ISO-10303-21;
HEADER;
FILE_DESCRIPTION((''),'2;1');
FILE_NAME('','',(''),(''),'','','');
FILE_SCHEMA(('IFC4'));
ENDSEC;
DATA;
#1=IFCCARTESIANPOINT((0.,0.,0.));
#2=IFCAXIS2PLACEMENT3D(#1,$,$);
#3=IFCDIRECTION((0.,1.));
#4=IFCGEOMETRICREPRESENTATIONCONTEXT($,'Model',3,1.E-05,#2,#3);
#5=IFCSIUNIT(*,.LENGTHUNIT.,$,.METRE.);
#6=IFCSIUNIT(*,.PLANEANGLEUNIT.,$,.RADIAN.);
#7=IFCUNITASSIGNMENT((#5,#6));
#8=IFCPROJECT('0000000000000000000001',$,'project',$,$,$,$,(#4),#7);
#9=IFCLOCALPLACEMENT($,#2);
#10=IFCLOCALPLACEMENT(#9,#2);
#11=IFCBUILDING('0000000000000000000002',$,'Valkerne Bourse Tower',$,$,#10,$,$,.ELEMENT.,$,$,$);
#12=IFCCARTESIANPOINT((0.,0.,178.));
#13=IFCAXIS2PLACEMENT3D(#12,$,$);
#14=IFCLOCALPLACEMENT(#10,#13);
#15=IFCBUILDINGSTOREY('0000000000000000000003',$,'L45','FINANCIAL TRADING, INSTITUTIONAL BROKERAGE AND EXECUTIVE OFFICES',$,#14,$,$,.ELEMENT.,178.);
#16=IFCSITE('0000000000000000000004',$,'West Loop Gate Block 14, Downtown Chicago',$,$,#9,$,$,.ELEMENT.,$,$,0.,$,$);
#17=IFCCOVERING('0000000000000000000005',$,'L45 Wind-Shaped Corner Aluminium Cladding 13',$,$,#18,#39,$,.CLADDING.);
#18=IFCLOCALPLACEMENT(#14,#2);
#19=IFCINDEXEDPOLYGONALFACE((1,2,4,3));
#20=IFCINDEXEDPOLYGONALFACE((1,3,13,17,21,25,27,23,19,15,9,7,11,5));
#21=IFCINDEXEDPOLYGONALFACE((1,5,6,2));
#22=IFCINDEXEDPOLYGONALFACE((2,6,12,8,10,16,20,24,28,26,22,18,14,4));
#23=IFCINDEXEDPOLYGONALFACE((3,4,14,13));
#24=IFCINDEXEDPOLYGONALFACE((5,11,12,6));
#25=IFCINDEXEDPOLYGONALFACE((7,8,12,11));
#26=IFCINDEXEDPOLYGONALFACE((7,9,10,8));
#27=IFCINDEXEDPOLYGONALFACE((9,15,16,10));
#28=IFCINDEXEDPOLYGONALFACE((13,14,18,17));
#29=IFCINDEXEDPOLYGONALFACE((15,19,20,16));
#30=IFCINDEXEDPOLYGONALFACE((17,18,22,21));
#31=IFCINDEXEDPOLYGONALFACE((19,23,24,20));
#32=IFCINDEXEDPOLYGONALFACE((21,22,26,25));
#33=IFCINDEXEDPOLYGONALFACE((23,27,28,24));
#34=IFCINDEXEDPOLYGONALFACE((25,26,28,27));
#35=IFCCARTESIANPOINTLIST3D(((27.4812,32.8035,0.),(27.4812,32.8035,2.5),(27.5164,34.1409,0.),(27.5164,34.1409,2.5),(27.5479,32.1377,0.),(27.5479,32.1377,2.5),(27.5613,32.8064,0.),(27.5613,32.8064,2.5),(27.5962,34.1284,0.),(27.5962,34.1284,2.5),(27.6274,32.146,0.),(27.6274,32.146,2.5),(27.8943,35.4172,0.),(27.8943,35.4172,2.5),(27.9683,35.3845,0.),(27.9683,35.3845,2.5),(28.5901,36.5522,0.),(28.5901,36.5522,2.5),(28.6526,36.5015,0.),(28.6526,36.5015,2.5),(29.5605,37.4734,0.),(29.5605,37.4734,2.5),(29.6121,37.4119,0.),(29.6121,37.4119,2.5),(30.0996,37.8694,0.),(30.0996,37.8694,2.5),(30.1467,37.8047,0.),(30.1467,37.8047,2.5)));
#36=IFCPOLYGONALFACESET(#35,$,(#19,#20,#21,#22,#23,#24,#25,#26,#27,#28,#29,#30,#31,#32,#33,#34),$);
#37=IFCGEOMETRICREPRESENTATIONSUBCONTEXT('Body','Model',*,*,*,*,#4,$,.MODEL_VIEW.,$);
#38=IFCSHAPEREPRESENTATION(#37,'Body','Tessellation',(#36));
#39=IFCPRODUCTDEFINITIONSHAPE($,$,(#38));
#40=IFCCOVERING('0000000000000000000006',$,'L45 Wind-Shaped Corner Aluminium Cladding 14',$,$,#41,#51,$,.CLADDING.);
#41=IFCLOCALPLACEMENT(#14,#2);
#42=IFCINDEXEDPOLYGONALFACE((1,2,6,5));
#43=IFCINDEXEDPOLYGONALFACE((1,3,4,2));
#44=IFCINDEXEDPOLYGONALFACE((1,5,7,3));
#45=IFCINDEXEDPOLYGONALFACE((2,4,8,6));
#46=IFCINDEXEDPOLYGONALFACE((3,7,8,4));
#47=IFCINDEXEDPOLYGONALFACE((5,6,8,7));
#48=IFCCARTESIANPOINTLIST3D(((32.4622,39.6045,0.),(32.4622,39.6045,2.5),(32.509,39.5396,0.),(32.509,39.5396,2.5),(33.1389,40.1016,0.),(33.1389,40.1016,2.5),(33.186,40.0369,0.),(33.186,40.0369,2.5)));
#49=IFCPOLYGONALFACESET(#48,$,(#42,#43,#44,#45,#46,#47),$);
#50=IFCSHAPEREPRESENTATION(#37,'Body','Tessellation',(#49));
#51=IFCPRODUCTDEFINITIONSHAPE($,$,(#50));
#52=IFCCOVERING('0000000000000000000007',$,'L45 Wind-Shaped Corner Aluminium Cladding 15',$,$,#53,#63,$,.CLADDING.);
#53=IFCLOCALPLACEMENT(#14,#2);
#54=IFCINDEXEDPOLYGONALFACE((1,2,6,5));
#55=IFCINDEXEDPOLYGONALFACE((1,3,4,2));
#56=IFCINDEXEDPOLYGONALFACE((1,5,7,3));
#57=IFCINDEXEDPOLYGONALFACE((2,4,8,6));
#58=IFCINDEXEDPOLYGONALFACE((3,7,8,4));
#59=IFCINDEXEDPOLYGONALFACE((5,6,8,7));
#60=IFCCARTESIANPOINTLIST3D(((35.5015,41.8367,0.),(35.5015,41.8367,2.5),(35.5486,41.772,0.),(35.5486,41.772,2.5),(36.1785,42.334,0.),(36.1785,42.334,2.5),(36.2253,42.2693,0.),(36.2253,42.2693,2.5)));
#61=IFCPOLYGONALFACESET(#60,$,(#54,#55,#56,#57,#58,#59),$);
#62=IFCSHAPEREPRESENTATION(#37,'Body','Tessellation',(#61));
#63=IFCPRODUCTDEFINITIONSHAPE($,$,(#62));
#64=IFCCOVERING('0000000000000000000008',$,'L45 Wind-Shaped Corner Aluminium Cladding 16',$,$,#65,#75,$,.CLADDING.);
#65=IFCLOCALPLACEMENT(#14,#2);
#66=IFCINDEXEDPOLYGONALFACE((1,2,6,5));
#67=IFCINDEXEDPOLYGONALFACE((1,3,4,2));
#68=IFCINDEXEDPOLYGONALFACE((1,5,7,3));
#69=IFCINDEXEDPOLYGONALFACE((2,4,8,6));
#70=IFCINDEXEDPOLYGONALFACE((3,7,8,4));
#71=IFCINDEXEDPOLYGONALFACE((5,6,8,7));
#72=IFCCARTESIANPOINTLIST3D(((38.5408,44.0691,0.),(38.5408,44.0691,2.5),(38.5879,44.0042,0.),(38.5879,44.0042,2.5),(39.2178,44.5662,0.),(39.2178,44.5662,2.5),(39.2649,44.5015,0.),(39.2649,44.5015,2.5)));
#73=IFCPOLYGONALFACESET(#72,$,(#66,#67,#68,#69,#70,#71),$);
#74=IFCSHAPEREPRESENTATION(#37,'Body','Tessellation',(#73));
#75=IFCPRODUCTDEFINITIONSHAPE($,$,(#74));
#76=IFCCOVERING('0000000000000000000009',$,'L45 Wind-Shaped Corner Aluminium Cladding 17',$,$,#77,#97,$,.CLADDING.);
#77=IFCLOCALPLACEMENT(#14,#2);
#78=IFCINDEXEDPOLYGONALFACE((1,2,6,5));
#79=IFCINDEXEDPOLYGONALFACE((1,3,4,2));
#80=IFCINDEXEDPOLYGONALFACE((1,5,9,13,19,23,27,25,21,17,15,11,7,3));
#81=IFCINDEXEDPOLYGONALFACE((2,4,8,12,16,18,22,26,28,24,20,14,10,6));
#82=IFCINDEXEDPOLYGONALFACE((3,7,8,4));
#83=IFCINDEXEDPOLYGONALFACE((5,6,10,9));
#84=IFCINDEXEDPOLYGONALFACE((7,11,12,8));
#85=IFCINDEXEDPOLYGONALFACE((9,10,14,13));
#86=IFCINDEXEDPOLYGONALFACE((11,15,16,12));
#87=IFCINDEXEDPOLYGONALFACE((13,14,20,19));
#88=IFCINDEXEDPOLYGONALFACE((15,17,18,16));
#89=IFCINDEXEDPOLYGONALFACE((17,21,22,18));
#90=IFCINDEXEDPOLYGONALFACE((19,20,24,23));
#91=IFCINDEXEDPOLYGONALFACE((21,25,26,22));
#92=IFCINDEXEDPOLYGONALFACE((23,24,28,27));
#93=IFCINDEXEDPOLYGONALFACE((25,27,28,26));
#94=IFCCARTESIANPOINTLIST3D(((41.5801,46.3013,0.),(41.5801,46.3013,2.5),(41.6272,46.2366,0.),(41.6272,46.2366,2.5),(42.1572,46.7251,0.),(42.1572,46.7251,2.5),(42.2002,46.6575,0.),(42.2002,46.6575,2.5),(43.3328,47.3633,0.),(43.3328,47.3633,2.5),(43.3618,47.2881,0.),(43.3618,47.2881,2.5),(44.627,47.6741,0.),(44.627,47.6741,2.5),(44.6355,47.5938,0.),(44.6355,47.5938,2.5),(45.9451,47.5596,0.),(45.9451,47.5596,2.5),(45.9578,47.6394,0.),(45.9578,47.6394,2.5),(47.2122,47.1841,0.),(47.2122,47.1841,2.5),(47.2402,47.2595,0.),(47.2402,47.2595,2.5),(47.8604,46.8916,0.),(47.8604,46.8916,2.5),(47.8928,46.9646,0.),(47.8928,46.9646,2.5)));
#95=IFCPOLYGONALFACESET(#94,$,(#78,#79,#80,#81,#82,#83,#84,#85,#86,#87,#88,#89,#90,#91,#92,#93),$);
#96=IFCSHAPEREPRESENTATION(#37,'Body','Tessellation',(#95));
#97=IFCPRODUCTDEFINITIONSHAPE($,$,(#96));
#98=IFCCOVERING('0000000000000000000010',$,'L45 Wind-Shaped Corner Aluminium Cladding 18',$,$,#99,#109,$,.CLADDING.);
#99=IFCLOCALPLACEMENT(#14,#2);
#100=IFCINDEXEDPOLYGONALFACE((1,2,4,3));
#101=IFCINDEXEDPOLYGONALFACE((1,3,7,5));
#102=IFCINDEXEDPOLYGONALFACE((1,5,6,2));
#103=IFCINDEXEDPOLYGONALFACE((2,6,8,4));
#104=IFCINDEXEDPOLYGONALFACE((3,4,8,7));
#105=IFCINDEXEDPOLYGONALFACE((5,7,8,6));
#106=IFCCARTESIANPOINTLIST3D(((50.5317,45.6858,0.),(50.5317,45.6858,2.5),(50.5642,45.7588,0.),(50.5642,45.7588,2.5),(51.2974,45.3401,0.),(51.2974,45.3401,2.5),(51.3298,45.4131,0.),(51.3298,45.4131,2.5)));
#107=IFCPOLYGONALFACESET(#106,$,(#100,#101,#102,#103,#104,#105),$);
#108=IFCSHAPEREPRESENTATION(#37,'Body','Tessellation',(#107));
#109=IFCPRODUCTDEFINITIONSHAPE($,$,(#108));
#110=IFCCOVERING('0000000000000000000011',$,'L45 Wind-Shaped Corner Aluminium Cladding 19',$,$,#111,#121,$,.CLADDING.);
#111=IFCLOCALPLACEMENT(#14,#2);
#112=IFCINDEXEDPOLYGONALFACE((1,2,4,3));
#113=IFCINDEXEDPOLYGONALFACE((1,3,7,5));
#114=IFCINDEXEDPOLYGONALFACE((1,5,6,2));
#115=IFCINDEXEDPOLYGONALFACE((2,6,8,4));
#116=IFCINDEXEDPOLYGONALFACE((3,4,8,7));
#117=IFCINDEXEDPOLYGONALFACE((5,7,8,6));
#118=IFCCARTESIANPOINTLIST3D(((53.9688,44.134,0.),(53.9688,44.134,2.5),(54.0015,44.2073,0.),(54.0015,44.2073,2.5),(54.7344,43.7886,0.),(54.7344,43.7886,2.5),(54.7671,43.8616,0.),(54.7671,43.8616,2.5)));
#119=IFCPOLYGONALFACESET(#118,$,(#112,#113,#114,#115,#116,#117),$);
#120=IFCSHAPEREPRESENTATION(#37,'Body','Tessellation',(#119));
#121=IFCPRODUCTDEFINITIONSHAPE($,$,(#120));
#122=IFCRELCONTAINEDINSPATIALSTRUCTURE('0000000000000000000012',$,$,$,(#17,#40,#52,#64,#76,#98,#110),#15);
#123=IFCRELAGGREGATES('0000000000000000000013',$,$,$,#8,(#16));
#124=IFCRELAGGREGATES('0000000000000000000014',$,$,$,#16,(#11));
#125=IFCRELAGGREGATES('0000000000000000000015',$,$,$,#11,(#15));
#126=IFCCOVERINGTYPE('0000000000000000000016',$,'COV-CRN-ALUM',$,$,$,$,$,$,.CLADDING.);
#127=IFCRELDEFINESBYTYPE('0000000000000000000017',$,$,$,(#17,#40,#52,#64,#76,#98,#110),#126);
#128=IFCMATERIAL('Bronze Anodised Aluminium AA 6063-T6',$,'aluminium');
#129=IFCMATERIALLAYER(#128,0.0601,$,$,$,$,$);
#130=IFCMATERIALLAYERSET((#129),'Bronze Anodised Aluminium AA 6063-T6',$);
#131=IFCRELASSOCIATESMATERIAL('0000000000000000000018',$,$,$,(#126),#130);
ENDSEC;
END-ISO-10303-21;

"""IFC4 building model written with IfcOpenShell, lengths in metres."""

from ifc_helpers import new_model, si_unit, direction, frame, origin, place, context, subcontext, project, spatial, polyline, outline, extrude, material, layer, layer_set, type_object, element, save


model = new_model("IFC4")

# Units and contexts
model_context = context("Model", 3, precision=1e-05, world=origin(), true_north=direction((0.0, 1.0)))
body_context = subcontext(model_context, "Body", "Model", "MODEL_VIEW")
ifc_project = project(units=[si_unit("LENGTHUNIT", "METRE"), si_unit("PLANEANGLEUNIT", "RADIAN")], contexts=[model_context])

# Site, building, storey
site_placement = place(None, origin())
site = spatial("IfcSite", under=ifc_project, at=site_placement, Name="West Loop Gate Block 14, Downtown Chicago", CompositionType="ELEMENT", RefElevation=0.0)
building_placement = place(site_placement, origin())
building = spatial("IfcBuilding", under=site, at=building_placement, Name="Valkerne Bourse Tower", CompositionType="ELEMENT")
storey_placement = place(building_placement, frame((0.0, 0.0, 178.0)))
storey = spatial("IfcBuildingStorey", under=building, at=storey_placement, Name="L45", Description="FINANCIAL TRADING, INSTITUTIONAL BROKERAGE AND EXECUTIVE OFFICES", CompositionType="ELEMENT", Elevation=178.0)

# Coverings
ifc_material_1 = material(Name="Bronze Anodised Aluminium AA 6063-T6", Category="aluminium")
ifc_layer_1 = layer(ifc_material_1, 0.0601)
ifc_layer_set_1 = layer_set([ifc_layer_1], Name="Bronze Anodised Aluminium AA 6063-T6")
covering_type = type_object("IfcCoveringType", Name="COV-CRN-ALUM", PredefinedType="CLADDING", material=ifc_layer_set_1)
covering_1_placement = place(storey_placement, origin())
element("IfcCovering", 1, at=covering_1_placement, inside=storey, type_object=covering_type, Name="L45 Wind-Shaped Corner Aluminium Cladding 13", PredefinedType="CLADDING", context=body_context, shape_type="SweptSolid", body=[
    extrude(outline(polyline([(27.4812, 32.8035), (27.5164, 34.1409), (27.8943, 35.4172), (28.5901, 36.5522), (29.5605, 37.4734), (30.0996, 37.8694), (30.1467, 37.8047), (29.6121, 37.4119), (28.6526, 36.5015), (27.9683, 35.3845), (27.5962, 34.1284), (27.5613, 32.8064), (27.6274, 32.146), (27.5479, 32.1377), (27.4812, 32.8035)])), origin(), (0.0, 0.0, 1.0), 2.5),
])
covering_2_placement = place(storey_placement, origin())
element("IfcCovering", 2, at=covering_2_placement, inside=storey, type_object=covering_type, Name="L45 Wind-Shaped Corner Aluminium Cladding 14", PredefinedType="CLADDING", context=body_context, shape_type="SweptSolid", body=[
    extrude(outline(polyline([(33.1389, 40.1016), (33.186, 40.0369), (32.509, 39.5396), (32.4622, 39.6045), (33.1389, 40.1016)])), origin(), (0.0, 0.0, 1.0), 2.5),
])
covering_3_placement = place(storey_placement, origin())
element("IfcCovering", 3, at=covering_3_placement, inside=storey, type_object=covering_type, Name="L45 Wind-Shaped Corner Aluminium Cladding 15", PredefinedType="CLADDING", context=body_context, shape_type="SweptSolid", body=[
    extrude(outline(polyline([(36.1785, 42.334), (36.2253, 42.2693), (35.5486, 41.772), (35.5015, 41.8367), (36.1785, 42.334)])), origin(), (0.0, 0.0, 1.0), 2.5),
])
covering_4_placement = place(storey_placement, origin())
element("IfcCovering", 4, at=covering_4_placement, inside=storey, type_object=covering_type, Name="L45 Wind-Shaped Corner Aluminium Cladding 16", PredefinedType="CLADDING", context=body_context, shape_type="SweptSolid", body=[
    extrude(outline(polyline([(39.2178, 44.5662), (39.2649, 44.5015), (38.5879, 44.0042), (38.5408, 44.0691), (39.2178, 44.5662)])), origin(), (0.0, 0.0, 1.0), 2.5),
])
covering_5_placement = place(storey_placement, origin())
element("IfcCovering", 5, at=covering_5_placement, inside=storey, type_object=covering_type, Name="L45 Wind-Shaped Corner Aluminium Cladding 17", PredefinedType="CLADDING", context=body_context, shape_type="SweptSolid", body=[
    extrude(outline(polyline([(42.1572, 46.7251), (43.3328, 47.3633), (44.627, 47.6741), (45.9578, 47.6394), (47.2402, 47.2595), (47.8928, 46.9646), (47.8604, 46.8916), (47.2122, 47.1841), (45.9451, 47.5596), (44.6355, 47.5938), (43.3618, 47.2881), (42.2002, 46.6575), (41.6272, 46.2366), (41.5801, 46.3013), (42.1572, 46.7251)])), origin(), (0.0, 0.0, 1.0), 2.5),
])
covering_6_placement = place(storey_placement, origin())
element("IfcCovering", 6, at=covering_6_placement, inside=storey, type_object=covering_type, Name="L45 Wind-Shaped Corner Aluminium Cladding 18", PredefinedType="CLADDING", context=body_context, shape_type="SweptSolid", body=[
    extrude(outline(polyline([(51.3298, 45.4131), (51.2974, 45.3401), (50.5317, 45.6858), (50.5642, 45.7588), (51.3298, 45.4131)])), origin(), (0.0, 0.0, 1.0), 2.5),
])
covering_7_placement = place(storey_placement, origin())
element("IfcCovering", 7, at=covering_7_placement, inside=storey, type_object=covering_type, Name="L45 Wind-Shaped Corner Aluminium Cladding 19", PredefinedType="CLADDING", context=body_context, shape_type="SweptSolid", body=[
    extrude(outline(polyline([(54.7671, 43.8616), (54.7344, 43.7886), (53.9688, 44.134), (54.0015, 44.2073), (54.7671, 43.8616)])), origin(), (0.0, 0.0, 1.0), 2.5),
])

save(model, "model.ifc")
